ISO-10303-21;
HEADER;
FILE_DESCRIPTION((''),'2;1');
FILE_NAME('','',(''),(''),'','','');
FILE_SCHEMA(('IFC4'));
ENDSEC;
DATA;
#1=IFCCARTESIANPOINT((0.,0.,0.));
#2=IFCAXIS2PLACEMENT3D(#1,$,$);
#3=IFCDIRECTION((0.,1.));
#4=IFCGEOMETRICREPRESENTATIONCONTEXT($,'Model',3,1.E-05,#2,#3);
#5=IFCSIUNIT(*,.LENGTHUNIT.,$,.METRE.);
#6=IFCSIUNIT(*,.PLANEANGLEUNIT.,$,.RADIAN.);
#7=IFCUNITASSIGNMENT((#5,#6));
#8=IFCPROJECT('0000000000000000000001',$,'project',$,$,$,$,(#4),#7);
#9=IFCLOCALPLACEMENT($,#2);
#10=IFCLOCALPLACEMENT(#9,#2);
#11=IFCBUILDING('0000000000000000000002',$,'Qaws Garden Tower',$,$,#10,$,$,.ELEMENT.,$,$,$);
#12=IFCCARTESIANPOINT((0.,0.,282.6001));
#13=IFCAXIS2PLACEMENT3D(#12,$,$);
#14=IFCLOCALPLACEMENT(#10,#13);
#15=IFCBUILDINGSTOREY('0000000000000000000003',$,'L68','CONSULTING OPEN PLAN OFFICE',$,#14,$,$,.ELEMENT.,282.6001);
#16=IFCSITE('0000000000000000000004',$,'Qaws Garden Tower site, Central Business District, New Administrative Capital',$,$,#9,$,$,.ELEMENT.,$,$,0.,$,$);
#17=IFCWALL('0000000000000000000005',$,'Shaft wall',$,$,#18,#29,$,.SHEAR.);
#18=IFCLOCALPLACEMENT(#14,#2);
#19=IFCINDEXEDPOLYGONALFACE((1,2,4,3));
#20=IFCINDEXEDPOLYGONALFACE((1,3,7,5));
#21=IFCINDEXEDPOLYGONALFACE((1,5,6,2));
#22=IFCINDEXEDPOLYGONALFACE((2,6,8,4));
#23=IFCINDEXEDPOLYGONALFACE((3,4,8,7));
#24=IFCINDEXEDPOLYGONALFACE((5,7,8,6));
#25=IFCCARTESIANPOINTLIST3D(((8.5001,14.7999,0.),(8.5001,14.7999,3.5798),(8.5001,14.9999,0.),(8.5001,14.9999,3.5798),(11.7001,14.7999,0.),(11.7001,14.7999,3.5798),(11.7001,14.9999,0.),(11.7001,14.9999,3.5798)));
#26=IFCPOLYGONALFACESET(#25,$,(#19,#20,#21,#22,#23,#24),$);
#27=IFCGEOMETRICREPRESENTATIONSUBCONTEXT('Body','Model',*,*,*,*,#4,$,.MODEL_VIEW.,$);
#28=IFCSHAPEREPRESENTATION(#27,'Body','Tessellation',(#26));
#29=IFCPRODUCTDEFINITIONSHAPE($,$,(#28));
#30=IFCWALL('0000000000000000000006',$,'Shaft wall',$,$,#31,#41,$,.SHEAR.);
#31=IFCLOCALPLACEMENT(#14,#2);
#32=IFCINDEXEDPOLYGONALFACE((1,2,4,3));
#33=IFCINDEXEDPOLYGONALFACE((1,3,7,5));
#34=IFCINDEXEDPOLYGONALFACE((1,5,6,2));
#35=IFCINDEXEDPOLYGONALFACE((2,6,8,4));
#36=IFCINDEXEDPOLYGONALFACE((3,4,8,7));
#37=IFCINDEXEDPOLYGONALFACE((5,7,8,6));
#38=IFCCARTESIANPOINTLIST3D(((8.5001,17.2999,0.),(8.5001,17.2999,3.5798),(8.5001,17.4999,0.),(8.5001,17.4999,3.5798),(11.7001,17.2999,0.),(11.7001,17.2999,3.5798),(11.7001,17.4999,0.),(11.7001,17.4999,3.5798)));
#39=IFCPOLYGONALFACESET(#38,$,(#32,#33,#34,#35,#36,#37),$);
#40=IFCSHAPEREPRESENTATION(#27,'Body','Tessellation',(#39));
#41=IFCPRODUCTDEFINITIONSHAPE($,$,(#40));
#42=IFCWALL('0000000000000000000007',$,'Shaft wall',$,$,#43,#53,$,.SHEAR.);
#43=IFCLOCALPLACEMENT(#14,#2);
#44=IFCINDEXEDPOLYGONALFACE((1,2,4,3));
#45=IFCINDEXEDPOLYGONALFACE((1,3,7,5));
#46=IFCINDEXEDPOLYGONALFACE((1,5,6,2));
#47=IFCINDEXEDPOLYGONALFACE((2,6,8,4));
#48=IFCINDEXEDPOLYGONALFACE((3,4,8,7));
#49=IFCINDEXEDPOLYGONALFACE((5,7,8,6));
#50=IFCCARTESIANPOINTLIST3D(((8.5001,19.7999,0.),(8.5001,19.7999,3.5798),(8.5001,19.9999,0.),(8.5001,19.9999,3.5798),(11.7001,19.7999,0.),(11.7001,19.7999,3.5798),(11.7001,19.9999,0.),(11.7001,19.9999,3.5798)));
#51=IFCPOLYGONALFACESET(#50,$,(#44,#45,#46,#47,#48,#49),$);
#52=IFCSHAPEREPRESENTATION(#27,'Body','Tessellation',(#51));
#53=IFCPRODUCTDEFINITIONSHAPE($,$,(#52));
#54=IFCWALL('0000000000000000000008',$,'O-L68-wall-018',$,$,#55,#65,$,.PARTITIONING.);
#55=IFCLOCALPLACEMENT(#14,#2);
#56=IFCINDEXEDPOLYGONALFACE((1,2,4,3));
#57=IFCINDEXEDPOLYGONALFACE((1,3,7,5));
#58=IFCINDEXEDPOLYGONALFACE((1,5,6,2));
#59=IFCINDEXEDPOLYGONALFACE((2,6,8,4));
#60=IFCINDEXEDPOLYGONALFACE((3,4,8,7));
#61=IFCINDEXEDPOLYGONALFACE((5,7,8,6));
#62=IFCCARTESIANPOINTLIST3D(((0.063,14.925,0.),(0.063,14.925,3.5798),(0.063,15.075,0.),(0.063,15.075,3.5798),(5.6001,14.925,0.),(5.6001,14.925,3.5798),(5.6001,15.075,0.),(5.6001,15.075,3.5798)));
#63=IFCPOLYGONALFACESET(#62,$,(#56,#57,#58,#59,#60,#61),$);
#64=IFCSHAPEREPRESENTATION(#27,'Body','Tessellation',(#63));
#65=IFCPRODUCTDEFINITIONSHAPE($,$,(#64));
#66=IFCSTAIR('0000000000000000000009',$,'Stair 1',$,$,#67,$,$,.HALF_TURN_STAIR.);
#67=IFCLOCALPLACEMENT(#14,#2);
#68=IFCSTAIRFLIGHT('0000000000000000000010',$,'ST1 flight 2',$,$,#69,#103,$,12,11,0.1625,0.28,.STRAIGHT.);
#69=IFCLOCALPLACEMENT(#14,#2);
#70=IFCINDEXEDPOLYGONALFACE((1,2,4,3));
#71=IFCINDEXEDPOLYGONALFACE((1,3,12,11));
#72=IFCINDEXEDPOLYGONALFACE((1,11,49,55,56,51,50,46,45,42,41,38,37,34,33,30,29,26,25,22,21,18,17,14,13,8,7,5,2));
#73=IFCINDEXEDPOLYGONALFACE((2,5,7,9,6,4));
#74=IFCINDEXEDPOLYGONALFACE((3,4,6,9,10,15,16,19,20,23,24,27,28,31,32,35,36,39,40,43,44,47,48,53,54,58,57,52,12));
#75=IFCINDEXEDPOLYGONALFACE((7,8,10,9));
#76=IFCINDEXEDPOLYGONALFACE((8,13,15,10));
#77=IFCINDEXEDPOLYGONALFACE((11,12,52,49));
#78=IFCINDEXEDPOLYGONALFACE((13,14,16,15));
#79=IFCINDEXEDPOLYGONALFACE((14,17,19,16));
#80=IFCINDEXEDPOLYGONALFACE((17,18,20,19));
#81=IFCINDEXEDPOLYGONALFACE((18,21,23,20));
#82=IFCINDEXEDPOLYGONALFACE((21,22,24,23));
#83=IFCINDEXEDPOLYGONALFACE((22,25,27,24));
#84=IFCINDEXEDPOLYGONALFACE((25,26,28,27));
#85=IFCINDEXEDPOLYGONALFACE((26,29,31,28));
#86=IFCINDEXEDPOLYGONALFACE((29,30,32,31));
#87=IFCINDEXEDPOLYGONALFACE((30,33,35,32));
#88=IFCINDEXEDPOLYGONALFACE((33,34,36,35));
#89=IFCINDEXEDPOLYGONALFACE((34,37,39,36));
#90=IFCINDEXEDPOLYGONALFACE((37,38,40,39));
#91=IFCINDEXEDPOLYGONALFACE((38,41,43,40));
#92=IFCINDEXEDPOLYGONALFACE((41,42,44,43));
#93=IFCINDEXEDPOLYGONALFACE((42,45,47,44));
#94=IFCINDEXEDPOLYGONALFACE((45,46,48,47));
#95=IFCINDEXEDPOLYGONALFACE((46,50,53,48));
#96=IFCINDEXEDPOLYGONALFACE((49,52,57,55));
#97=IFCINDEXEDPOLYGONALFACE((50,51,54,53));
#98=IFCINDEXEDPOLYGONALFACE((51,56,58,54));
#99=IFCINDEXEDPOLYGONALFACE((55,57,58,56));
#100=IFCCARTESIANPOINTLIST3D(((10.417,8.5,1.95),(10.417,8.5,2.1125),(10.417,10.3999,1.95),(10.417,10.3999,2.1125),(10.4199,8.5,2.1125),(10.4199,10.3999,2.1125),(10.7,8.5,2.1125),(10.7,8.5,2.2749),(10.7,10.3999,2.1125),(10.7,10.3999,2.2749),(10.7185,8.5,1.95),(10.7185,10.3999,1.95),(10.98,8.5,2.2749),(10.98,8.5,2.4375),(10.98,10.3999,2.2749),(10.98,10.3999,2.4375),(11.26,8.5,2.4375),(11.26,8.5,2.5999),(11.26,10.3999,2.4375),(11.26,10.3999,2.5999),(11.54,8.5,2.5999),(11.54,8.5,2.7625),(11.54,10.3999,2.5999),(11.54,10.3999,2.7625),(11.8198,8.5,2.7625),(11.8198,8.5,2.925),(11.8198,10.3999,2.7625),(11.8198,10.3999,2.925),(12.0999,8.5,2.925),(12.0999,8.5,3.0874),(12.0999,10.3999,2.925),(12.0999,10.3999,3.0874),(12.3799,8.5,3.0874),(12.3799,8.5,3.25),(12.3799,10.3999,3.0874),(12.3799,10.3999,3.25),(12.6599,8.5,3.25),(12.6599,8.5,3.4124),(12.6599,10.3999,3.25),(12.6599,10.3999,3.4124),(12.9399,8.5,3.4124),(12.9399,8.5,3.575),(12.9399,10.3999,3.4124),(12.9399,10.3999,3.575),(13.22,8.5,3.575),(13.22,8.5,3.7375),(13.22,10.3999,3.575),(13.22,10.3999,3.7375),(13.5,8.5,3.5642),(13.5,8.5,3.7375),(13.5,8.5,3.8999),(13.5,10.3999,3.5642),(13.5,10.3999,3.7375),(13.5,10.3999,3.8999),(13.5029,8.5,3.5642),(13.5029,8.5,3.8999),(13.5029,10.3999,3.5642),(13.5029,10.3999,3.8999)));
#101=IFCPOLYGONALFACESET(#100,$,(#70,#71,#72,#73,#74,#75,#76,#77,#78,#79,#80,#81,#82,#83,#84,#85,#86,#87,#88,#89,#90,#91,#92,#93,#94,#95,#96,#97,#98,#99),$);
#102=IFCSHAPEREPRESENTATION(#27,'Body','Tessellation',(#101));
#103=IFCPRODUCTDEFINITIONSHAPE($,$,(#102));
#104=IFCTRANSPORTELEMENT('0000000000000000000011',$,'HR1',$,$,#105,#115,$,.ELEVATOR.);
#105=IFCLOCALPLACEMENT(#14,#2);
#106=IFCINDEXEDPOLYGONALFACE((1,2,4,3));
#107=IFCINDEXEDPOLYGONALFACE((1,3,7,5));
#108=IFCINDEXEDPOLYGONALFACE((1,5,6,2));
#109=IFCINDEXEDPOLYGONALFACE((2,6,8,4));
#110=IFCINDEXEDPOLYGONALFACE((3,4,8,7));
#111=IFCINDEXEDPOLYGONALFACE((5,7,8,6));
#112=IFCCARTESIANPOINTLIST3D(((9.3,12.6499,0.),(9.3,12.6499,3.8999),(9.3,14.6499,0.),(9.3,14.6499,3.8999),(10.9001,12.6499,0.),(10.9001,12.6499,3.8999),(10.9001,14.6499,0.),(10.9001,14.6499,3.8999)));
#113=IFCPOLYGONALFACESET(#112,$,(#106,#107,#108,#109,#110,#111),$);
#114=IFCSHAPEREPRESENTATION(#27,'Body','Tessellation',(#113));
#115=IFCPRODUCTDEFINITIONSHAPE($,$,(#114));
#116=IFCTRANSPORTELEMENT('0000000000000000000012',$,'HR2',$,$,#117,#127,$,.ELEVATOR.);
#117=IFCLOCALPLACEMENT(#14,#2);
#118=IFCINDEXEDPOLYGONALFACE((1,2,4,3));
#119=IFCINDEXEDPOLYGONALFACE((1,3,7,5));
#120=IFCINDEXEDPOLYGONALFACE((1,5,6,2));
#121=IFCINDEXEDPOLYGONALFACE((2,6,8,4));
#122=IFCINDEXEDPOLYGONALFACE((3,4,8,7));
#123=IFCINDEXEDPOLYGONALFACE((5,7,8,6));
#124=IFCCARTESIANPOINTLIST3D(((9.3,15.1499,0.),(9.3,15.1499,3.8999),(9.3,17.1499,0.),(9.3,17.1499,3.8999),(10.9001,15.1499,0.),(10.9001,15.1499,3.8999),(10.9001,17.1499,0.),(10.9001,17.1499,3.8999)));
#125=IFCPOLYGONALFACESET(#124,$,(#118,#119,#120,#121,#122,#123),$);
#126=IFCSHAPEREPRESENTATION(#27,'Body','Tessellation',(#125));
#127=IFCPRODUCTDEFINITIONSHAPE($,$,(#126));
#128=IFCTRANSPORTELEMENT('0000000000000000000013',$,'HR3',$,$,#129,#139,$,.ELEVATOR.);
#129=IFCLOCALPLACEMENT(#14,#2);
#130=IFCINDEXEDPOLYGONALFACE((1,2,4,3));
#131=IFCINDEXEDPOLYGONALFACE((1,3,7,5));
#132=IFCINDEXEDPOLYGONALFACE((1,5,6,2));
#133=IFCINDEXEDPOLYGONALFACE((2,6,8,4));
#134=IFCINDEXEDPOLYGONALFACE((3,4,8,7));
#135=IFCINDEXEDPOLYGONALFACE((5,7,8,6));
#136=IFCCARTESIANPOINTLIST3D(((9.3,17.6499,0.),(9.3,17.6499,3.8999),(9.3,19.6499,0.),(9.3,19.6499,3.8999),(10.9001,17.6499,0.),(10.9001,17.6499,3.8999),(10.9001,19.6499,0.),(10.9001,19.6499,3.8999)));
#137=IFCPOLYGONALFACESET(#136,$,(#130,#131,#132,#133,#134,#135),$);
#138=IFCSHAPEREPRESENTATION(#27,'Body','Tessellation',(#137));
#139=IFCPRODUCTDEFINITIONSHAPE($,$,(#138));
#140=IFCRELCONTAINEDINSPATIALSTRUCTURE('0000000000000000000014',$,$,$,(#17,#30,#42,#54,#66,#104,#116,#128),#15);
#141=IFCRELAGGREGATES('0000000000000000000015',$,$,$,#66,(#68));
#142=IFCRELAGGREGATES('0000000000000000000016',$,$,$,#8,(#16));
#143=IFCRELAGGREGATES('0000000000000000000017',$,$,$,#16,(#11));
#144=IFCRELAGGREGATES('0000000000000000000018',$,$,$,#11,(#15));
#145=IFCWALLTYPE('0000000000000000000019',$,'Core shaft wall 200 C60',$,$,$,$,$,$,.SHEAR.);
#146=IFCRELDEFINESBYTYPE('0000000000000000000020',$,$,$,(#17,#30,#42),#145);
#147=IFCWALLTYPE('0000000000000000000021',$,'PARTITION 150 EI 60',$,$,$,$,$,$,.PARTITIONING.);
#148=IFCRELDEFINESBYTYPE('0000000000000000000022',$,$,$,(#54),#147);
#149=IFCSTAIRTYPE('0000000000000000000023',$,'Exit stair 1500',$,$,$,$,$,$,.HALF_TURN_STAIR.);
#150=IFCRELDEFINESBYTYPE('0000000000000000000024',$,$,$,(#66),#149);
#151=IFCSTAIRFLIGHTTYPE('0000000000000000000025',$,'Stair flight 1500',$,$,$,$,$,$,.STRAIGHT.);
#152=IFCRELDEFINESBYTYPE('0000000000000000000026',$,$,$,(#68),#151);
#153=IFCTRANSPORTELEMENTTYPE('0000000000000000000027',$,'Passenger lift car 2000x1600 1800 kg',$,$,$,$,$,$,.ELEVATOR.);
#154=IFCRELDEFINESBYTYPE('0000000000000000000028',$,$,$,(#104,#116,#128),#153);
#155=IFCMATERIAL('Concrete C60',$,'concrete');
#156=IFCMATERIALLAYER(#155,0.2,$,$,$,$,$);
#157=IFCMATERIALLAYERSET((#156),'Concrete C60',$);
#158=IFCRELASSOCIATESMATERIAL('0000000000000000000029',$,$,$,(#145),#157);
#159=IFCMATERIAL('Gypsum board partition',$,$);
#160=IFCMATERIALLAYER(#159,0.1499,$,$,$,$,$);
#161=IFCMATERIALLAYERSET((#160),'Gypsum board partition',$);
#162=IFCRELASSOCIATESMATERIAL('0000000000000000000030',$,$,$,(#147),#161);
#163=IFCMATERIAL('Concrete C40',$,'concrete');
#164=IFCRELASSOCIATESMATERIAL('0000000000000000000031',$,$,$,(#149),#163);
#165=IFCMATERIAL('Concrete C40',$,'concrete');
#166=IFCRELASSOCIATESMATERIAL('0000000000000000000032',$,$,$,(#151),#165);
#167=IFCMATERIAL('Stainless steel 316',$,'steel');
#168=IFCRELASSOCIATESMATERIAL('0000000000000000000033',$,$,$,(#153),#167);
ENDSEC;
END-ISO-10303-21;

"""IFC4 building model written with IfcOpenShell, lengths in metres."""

from ifc_helpers import new_model, si_unit, direction, frame, frame_2d, origin, origin_2d, place, context, subcontext, project, spatial, polyline, rectangle, outline, extrude, material, layer, layer_set, type_object, element, aggregate, save


model = new_model("IFC4")

# Units and contexts
model_context = context("Model", 3, precision=1e-05, world=origin(), true_north=direction((0.0, 1.0)))
body_context = subcontext(model_context, "Body", "Model", "MODEL_VIEW")
ifc_project = project(units=[si_unit("LENGTHUNIT", "METRE"), si_unit("PLANEANGLEUNIT", "RADIAN")], contexts=[model_context])

# Site, building, storey
site_placement = place(None, origin())
site = spatial("IfcSite", under=ifc_project, at=site_placement, Name="Qaws Garden Tower site, Central Business District, New Administrative Capital", CompositionType="ELEMENT", RefElevation=0.0)
building_placement = place(site_placement, origin())
building = spatial("IfcBuilding", under=site, at=building_placement, Name="Qaws Garden Tower", CompositionType="ELEMENT")
storey_placement = place(building_placement, frame((0.0, 0.0, 282.6001)))
storey = spatial("IfcBuildingStorey", under=building, at=storey_placement, Name="L68", Description="CONSULTING OPEN PLAN OFFICE", CompositionType="ELEMENT", Elevation=282.6001)

# Walls
ifc_material_1 = material(Name="Concrete C60", Category="concrete")
ifc_layer_1 = layer(ifc_material_1, 0.2)
ifc_layer_set_1 = layer_set([ifc_layer_1], Name="Concrete C60")
wall_type_1 = type_object("IfcWallType", Name="Core shaft wall 200 C60", PredefinedType="SHEAR", material=ifc_layer_set_1)
for number, where, z_axis, x_axis, name in (
    (1, (8.5, 14.8999, 0.0), (0.0, 0.0, 1.0), (1.0, 0.0, 0.0), "Shaft wall"),
    (2, (8.5, 17.3999, 0.0), (0.0, 0.0, 1.0), (1.0, 0.0, 0.0), "Shaft wall"),
    (3, (8.5, 19.8999, 0.0), (0.0, 0.0, 1.0), (1.0, 0.0, 0.0), "Shaft wall"),
):
    element("IfcWall", number, at=place(storey_placement, frame(where, z_axis=z_axis, x_axis=x_axis)), inside=storey, type_object=wall_type_1, Name=name, PredefinedType="SHEAR", context=body_context, shape_type="SweptSolid", body=[
        extrude(rectangle(XDim=3.2, YDim=0.2, at=frame_2d((1.6001, 0.0))), origin(), (0.0, 0.0, 1.0), 3.5798),
    ])
ifc_material_2 = material(Name="Gypsum board partition")
ifc_layer_2 = layer(ifc_material_2, 0.1499)
ifc_layer_set_2 = layer_set([ifc_layer_2], Name="Gypsum board partition")
wall_type_2 = type_object("IfcWallType", Name="PARTITION 150 EI 60", PredefinedType="PARTITIONING", material=ifc_layer_set_2)
wall_1_placement = place(storey_placement, frame((0.063, 15.0, 0.0), z_axis=(0.0, 0.0, 1.0), x_axis=(1.0, 0.0, 0.0)))
element("IfcWall", 4, at=wall_1_placement, inside=storey, type_object=wall_type_2, Name="O-L68-wall-018", PredefinedType="PARTITIONING", context=body_context, shape_type="SweptSolid", body=[
    extrude(rectangle(XDim=5.5371, YDim=0.1499, at=frame_2d((2.7686, 0.0))), origin(), (0.0, 0.0, 1.0), 3.5798),
])

# Stair, stair flight
ifc_material_3 = material(Name="Concrete C40", Category="concrete")
stair_type = type_object("IfcStairType", Name="Exit stair 1500", PredefinedType="HALF_TURN_STAIR", material=ifc_material_3)
stair_placement = place(storey_placement, origin())
stair = element("IfcStair", 5, at=stair_placement, inside=storey, type_object=stair_type, Name="Stair 1", PredefinedType="HALF_TURN_STAIR")
ifc_material_4 = material(Name="Concrete C40", Category="concrete")
stair_flight_type = type_object("IfcStairFlightType", Name="Stair flight 1500", PredefinedType="STRAIGHT", material=ifc_material_4)
stair_flight_placement = place(storey_placement, frame((10.4199, 9.45, 1.95), z_axis=(0.0, 0.0, 1.0), x_axis=(1.0, 0.0, 0.0)))
stair_flight = element("IfcStairFlight", 6, at=stair_flight_placement, type_object=stair_flight_type, Name="ST1 flight 2", NumberOfRisers=12, NumberOfTreads=11, PredefinedType="STRAIGHT", RiserHeight=0.1625, TreadLength=0.28, context=body_context, shape_type="SweptSolid", body=[
    extrude(outline(polyline([(-0.0029, 0.0), (-0.0029, 0.1626), (0.0, 0.1626), (0.28, 0.1626), (0.28, 0.325), (0.5601, 0.325), (0.5601, 0.4875), (0.8401, 0.4875), (0.8401, 0.6499), (1.1201, 0.6499), (1.1201, 0.8125), (1.3999, 0.8125), (1.3999, 0.9751), (1.6799, 0.9751), (1.6799, 1.1375), (1.96, 1.1375), (1.96, 1.3), (2.24, 1.3), (2.24, 1.4624), (2.52, 1.4624), (2.52, 1.625), (2.8, 1.625), (2.8, 1.7876), (3.0801, 1.7876), (3.0801, 1.95), (3.083, 1.95), (3.083, 1.6143), (3.0801, 1.6143), (0.2986, 0.0), (-0.0029, 0.0)])), frame((0.0, 0.95, 0.0), z_axis=(0.0, -1.0, 0.0), x_axis=(1.0, 0.0, 0.0)), (0.0, 0.0, 1.0), 1.8999),
])
aggregate(stair, [stair_flight])

# Transport elements
ifc_material_5 = material(Name="Stainless steel 316", Category="steel")
transport_element_type = type_object("IfcTransportElementType", Name="Passenger lift car 2000x1600 1800 kg", PredefinedType="ELEVATOR", material=ifc_material_5)
for number, where, z_axis, x_axis, name in (
    (7, (10.1001, 13.6499, 0.0), (0.0, 0.0, 1.0), (1.0, 0.0, 0.0), "HR1"),
    (8, (10.1001, 16.1499, 0.0), (0.0, 0.0, 1.0), (1.0, 0.0, 0.0), "HR2"),
    (9, (10.1001, 18.6499, 0.0), (0.0, 0.0, 1.0), (1.0, 0.0, 0.0), "HR3"),
):
    element("IfcTransportElement", number, at=place(storey_placement, frame(where, z_axis=z_axis, x_axis=x_axis)), inside=storey, type_object=transport_element_type, Name=name, PredefinedType="ELEVATOR", context=body_context, shape_type="SweptSolid", body=[
        extrude(rectangle(XDim=1.6001, YDim=2.0, at=origin_2d()), origin(), (0.0, 0.0, 1.0), 3.8999),
    ])

save(model, "model.ifc")
